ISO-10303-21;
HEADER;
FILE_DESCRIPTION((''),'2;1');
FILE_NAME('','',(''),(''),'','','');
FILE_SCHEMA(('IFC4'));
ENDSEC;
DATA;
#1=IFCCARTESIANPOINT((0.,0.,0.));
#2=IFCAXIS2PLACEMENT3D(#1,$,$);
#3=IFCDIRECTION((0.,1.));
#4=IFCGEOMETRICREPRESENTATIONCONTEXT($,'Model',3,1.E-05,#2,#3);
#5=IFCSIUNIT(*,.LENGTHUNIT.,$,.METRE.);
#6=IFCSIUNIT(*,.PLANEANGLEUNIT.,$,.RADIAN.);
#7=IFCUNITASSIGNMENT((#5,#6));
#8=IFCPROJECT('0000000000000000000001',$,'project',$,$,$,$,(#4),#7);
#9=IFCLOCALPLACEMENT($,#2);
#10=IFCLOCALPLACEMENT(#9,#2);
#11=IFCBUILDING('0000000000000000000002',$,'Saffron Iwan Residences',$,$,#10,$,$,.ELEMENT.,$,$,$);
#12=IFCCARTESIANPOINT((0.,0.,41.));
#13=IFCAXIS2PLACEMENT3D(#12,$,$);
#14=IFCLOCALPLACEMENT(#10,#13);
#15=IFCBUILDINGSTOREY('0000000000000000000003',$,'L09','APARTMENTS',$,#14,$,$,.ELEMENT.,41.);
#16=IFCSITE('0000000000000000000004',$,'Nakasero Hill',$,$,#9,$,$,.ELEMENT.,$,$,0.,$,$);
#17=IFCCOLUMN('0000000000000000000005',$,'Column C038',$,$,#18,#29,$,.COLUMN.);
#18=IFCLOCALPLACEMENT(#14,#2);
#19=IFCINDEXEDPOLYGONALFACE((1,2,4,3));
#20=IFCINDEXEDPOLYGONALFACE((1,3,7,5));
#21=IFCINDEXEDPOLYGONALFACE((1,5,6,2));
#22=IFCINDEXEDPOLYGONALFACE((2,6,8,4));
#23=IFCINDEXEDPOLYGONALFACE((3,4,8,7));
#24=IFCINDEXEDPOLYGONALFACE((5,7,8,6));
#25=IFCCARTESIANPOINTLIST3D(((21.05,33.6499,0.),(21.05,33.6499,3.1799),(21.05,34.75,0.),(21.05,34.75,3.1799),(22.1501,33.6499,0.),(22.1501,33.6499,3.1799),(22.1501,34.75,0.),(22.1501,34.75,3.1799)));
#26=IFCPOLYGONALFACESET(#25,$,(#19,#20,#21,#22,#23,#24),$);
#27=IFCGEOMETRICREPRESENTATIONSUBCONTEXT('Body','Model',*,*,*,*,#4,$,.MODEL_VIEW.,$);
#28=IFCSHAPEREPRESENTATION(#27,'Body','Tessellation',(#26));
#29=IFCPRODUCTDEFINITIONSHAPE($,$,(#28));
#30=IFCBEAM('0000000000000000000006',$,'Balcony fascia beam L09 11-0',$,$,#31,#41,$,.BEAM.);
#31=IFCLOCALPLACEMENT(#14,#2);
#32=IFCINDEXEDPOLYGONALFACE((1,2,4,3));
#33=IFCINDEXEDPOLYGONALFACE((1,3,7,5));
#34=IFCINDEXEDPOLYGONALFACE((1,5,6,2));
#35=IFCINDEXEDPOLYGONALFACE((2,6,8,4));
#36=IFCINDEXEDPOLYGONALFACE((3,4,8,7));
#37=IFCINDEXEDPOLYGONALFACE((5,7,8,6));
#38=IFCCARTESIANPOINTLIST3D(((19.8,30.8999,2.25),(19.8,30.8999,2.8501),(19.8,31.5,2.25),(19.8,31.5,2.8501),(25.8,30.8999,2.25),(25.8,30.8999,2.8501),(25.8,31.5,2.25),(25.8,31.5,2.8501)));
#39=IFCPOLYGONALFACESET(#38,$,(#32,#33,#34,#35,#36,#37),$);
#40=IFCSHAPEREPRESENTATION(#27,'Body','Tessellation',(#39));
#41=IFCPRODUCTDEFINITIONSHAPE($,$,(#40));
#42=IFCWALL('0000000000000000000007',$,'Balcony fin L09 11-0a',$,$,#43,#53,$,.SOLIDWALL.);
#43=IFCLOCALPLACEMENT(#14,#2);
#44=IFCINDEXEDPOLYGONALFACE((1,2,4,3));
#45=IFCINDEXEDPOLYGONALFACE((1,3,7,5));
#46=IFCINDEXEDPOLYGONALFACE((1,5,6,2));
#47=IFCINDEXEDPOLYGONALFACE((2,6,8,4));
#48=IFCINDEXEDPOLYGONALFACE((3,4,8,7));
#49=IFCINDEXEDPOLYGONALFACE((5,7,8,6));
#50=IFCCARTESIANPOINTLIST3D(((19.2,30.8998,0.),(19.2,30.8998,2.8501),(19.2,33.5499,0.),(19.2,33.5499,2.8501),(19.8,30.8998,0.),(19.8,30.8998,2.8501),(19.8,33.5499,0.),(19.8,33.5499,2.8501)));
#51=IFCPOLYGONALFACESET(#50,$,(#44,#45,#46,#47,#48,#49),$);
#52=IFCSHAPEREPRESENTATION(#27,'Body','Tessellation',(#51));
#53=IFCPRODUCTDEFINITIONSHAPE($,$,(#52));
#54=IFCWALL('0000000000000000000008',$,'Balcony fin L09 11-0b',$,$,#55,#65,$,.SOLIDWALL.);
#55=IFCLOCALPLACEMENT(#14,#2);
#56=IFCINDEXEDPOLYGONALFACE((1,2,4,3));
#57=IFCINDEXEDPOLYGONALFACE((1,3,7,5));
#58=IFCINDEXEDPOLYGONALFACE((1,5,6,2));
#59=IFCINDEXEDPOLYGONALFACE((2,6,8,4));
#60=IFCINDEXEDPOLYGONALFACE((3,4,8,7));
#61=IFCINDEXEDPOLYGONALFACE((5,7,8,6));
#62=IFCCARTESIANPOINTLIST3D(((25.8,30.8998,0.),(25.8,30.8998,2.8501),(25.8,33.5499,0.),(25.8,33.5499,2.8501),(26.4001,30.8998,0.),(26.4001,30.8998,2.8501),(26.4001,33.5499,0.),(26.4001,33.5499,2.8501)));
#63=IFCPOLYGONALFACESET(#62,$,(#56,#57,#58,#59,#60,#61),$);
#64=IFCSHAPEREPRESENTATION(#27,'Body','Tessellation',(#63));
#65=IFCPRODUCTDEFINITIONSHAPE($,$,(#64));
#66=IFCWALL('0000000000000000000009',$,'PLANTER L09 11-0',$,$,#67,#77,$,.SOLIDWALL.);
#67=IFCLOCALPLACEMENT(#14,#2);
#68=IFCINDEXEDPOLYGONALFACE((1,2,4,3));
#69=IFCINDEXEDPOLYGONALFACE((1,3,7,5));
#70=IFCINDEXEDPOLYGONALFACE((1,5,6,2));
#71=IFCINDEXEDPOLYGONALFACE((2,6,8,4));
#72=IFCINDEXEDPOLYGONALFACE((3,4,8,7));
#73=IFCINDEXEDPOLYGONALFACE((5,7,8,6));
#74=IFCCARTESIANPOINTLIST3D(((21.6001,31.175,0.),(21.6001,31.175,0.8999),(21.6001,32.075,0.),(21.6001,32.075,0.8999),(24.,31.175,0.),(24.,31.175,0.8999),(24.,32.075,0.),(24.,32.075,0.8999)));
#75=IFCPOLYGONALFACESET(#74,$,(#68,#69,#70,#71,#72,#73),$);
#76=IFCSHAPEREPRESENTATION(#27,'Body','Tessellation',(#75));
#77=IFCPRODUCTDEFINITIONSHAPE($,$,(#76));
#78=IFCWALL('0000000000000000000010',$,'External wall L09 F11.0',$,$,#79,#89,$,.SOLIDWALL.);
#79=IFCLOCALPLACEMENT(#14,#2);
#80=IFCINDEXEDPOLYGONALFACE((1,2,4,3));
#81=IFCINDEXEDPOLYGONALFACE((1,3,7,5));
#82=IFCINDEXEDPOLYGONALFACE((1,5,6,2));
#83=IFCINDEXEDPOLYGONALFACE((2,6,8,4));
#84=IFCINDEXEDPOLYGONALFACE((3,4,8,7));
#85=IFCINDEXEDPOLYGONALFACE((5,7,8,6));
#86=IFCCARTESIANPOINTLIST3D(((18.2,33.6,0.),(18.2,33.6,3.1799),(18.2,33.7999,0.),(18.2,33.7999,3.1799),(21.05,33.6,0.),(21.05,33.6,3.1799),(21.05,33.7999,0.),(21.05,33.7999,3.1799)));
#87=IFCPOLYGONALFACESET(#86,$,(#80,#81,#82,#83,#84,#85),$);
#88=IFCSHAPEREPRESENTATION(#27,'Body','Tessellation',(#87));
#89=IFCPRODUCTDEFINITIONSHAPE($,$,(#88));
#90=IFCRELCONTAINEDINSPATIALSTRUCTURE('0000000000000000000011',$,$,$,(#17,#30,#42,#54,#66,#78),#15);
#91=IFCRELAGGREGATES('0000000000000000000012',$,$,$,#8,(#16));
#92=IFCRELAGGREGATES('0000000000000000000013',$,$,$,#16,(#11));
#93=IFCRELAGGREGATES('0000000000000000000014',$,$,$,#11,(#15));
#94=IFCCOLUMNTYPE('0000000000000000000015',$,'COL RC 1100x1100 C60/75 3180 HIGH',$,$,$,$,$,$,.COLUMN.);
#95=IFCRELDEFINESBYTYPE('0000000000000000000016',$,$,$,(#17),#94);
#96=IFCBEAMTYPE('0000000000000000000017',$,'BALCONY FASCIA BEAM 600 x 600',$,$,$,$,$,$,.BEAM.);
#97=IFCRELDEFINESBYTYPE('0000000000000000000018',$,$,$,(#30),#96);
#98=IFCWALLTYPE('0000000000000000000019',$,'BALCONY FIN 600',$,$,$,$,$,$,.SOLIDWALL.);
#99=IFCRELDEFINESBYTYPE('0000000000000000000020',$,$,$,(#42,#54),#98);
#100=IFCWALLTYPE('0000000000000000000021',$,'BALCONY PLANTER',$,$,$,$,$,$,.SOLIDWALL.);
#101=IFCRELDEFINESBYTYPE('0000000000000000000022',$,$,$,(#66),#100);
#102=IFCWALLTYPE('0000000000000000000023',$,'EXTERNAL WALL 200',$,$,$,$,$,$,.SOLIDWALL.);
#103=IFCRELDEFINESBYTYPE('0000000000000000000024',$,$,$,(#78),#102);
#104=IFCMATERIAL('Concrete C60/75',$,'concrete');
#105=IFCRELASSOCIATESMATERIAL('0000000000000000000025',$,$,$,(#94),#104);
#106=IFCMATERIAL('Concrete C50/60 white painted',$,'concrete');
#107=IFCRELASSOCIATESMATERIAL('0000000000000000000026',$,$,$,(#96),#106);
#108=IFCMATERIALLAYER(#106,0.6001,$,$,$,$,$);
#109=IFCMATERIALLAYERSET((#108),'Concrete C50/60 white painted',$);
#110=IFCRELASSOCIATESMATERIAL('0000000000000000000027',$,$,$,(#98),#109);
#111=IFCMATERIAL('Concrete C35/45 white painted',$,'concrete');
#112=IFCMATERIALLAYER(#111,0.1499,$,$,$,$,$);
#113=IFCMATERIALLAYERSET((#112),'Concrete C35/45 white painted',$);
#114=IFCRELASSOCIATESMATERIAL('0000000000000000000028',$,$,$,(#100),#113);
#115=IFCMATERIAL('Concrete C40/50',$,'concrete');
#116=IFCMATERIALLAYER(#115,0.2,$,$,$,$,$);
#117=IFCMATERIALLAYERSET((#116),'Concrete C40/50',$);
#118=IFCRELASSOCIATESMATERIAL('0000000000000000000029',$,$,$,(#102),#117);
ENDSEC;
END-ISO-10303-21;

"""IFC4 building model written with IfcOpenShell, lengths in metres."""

from ifc_helpers import new_model, si_unit, direction, frame, frame_2d, origin, origin_2d, place, context, subcontext, project, spatial, rectangle, extrude, source, transform, mapped, material, layer, layer_set, material_profile, profile_set, type_object, element, save


model = new_model("IFC4")

# Units and contexts
model_context = context("Model", 3, precision=1e-05, world=origin(), true_north=direction((0.0, 1.0)))
body_context = subcontext(model_context, "Body", "Model", "MODEL_VIEW")
ifc_project = project(units=[si_unit("LENGTHUNIT", "METRE"), si_unit("PLANEANGLEUNIT", "RADIAN")], contexts=[model_context])

# Site, building, storey
site_placement = place(None, origin())
site = spatial("IfcSite", under=ifc_project, at=site_placement, Name="Nakasero Hill", CompositionType="ELEMENT", RefElevation=0.0)
building_placement = place(site_placement, origin())
building = spatial("IfcBuilding", under=site, at=building_placement, Name="Saffron Iwan Residences", CompositionType="ELEMENT")
storey_placement = place(building_placement, frame((0.0, 0.0, 41.0)))
storey = spatial("IfcBuildingStorey", under=building, at=storey_placement, Name="L09", Description="APARTMENTS", CompositionType="ELEMENT", Elevation=41.0)

# Column
ifc_material_1 = material(Name="Concrete C60/75", Category="concrete")
ifc_material_profile_1 = material_profile(ifc_material_1, rectangle(XDim=1.1001, YDim=1.1001, at=origin_2d()), Name="RC 1100x1100")
ifc_profile_set_1 = profile_set([ifc_material_profile_1], Name="Concrete C60/75")
column_type = type_object("IfcColumnType", Name="COL RC 1100x1100 C60/75 3180 HIGH", PredefinedType="COLUMN", material=ifc_profile_set_1)
shared_shape_1 = source(origin(), body_context, "Body", "SweptSolid", [
    extrude(rectangle(XDim=1.1001, YDim=1.1001, at=origin_2d()), origin(), (0.0, 0.0, 1.0), 3.1799),
])
column_placement = place(storey_placement, frame((21.6001, 34.2, 0.0), z_axis=(0.0, 0.0, 1.0), x_axis=(1.0, 0.0, 0.0)))
element("IfcColumn", 1, at=column_placement, inside=storey, type_object=column_type, Name="Column C038", PredefinedType="COLUMN", context=body_context, shape_type="MappedRepresentation", body=[
    mapped(shared_shape_1, transform((0.0, 0.0, 0.0))),
])

# Beam
ifc_material_2 = material(Name="Concrete C50/60 white painted", Category="concrete")
ifc_material_profile_2 = material_profile(ifc_material_2, rectangle(XDim=0.6001, YDim=0.6001, at=origin_2d()), Name="BALCONY FASCIA BEAM 600 x 600")
ifc_profile_set_2 = profile_set([ifc_material_profile_2], Name="Concrete C50/60 white painted")
beam_type = type_object("IfcBeamType", Name="BALCONY FASCIA BEAM 600 x 600", PredefinedType="BEAM", material=ifc_profile_set_2)
shared_shape_2 = source(origin(), body_context, "Body", "SweptSolid", [
    extrude(rectangle(XDim=0.6001, YDim=0.6001, at=origin_2d()), origin(), (0.0, 0.0, 1.0), 6.0),
])
beam_placement = place(storey_placement, frame((19.8, 31.2, 2.55), z_axis=(1.0, 0.0, 0.0), x_axis=(0.0, 1.0, 0.0)))
element("IfcBeam", 2, at=beam_placement, inside=storey, type_object=beam_type, Name="Balcony fascia beam L09 11-0", PredefinedType="BEAM", context=body_context, shape_type="MappedRepresentation", body=[
    mapped(shared_shape_2, transform((0.0, 0.0, 0.0))),
])

# Walls
ifc_layer_1 = layer(ifc_material_2, 0.6001)
ifc_layer_set_1 = layer_set([ifc_layer_1], Name="Concrete C50/60 white painted")
wall_type_1 = type_object("IfcWallType", Name="BALCONY FIN 600", PredefinedType="SOLIDWALL", material=ifc_layer_set_1)
for number, where, z_axis, x_axis, name in (
    (3, (19.5, 33.55, 0.0), (0.0, 0.0, 1.0), (0.0, -1.0, 0.0), "Balcony fin L09 11-0a"),
    (4, (26.1001, 33.55, 0.0), (0.0, 0.0, 1.0), (0.0, -1.0, 0.0), "Balcony fin L09 11-0b"),
):
    element("IfcWall", number, at=place(storey_placement, frame(where, z_axis=z_axis, x_axis=x_axis)), inside=storey, type_object=wall_type_1, Name=name, PredefinedType="SOLIDWALL", context=body_context, shape_type="SweptSolid", body=[
        extrude(rectangle(XDim=2.6501, YDim=0.6001, at=frame_2d((1.3252, 0.0))), origin(), (0.0, 0.0, 1.0), 2.8501),
    ])
ifc_material_3 = material(Name="Concrete C35/45 white painted", Category="concrete")
ifc_layer_2 = layer(ifc_material_3, 0.1499)
ifc_layer_set_2 = layer_set([ifc_layer_2], Name="Concrete C35/45 white painted")
wall_type_2 = type_object("IfcWallType", Name="BALCONY PLANTER", PredefinedType="SOLIDWALL", material=ifc_layer_set_2)
wall_1_placement = place(storey_placement, frame((21.6001, 31.625, 0.0), z_axis=(0.0, 0.0, 1.0), x_axis=(1.0, 0.0, 0.0)))
element("IfcWall", 5, at=wall_1_placement, inside=storey, type_object=wall_type_2, Name="PLANTER L09 11-0", PredefinedType="SOLIDWALL", context=body_context, shape_type="SweptSolid", body=[
    extrude(rectangle(XDim=2.3999, YDim=0.8999, at=frame_2d((1.2, 0.0))), origin(), (0.0, 0.0, 1.0), 0.8999),
])
ifc_material_4 = material(Name="Concrete C40/50", Category="concrete")
ifc_layer_3 = layer(ifc_material_4, 0.2)
ifc_layer_set_3 = layer_set([ifc_layer_3], Name="Concrete C40/50")
wall_type_3 = type_object("IfcWallType", Name="EXTERNAL WALL 200", PredefinedType="SOLIDWALL", material=ifc_layer_set_3)
wall_2_placement = place(storey_placement, frame((18.2, 33.7, 0.0), z_axis=(0.0, 0.0, 1.0), x_axis=(1.0, 0.0, 0.0)))
element("IfcWall", 6, at=wall_2_placement, inside=storey, type_object=wall_type_3, Name="External wall L09 F11.0", PredefinedType="SOLIDWALL", context=body_context, shape_type="SweptSolid", body=[
    extrude(rectangle(XDim=2.8501, YDim=0.2, at=frame_2d((1.425, 0.0))), origin(), (0.0, 0.0, 1.0), 3.1799),
])

save(model, "model.ifc")
